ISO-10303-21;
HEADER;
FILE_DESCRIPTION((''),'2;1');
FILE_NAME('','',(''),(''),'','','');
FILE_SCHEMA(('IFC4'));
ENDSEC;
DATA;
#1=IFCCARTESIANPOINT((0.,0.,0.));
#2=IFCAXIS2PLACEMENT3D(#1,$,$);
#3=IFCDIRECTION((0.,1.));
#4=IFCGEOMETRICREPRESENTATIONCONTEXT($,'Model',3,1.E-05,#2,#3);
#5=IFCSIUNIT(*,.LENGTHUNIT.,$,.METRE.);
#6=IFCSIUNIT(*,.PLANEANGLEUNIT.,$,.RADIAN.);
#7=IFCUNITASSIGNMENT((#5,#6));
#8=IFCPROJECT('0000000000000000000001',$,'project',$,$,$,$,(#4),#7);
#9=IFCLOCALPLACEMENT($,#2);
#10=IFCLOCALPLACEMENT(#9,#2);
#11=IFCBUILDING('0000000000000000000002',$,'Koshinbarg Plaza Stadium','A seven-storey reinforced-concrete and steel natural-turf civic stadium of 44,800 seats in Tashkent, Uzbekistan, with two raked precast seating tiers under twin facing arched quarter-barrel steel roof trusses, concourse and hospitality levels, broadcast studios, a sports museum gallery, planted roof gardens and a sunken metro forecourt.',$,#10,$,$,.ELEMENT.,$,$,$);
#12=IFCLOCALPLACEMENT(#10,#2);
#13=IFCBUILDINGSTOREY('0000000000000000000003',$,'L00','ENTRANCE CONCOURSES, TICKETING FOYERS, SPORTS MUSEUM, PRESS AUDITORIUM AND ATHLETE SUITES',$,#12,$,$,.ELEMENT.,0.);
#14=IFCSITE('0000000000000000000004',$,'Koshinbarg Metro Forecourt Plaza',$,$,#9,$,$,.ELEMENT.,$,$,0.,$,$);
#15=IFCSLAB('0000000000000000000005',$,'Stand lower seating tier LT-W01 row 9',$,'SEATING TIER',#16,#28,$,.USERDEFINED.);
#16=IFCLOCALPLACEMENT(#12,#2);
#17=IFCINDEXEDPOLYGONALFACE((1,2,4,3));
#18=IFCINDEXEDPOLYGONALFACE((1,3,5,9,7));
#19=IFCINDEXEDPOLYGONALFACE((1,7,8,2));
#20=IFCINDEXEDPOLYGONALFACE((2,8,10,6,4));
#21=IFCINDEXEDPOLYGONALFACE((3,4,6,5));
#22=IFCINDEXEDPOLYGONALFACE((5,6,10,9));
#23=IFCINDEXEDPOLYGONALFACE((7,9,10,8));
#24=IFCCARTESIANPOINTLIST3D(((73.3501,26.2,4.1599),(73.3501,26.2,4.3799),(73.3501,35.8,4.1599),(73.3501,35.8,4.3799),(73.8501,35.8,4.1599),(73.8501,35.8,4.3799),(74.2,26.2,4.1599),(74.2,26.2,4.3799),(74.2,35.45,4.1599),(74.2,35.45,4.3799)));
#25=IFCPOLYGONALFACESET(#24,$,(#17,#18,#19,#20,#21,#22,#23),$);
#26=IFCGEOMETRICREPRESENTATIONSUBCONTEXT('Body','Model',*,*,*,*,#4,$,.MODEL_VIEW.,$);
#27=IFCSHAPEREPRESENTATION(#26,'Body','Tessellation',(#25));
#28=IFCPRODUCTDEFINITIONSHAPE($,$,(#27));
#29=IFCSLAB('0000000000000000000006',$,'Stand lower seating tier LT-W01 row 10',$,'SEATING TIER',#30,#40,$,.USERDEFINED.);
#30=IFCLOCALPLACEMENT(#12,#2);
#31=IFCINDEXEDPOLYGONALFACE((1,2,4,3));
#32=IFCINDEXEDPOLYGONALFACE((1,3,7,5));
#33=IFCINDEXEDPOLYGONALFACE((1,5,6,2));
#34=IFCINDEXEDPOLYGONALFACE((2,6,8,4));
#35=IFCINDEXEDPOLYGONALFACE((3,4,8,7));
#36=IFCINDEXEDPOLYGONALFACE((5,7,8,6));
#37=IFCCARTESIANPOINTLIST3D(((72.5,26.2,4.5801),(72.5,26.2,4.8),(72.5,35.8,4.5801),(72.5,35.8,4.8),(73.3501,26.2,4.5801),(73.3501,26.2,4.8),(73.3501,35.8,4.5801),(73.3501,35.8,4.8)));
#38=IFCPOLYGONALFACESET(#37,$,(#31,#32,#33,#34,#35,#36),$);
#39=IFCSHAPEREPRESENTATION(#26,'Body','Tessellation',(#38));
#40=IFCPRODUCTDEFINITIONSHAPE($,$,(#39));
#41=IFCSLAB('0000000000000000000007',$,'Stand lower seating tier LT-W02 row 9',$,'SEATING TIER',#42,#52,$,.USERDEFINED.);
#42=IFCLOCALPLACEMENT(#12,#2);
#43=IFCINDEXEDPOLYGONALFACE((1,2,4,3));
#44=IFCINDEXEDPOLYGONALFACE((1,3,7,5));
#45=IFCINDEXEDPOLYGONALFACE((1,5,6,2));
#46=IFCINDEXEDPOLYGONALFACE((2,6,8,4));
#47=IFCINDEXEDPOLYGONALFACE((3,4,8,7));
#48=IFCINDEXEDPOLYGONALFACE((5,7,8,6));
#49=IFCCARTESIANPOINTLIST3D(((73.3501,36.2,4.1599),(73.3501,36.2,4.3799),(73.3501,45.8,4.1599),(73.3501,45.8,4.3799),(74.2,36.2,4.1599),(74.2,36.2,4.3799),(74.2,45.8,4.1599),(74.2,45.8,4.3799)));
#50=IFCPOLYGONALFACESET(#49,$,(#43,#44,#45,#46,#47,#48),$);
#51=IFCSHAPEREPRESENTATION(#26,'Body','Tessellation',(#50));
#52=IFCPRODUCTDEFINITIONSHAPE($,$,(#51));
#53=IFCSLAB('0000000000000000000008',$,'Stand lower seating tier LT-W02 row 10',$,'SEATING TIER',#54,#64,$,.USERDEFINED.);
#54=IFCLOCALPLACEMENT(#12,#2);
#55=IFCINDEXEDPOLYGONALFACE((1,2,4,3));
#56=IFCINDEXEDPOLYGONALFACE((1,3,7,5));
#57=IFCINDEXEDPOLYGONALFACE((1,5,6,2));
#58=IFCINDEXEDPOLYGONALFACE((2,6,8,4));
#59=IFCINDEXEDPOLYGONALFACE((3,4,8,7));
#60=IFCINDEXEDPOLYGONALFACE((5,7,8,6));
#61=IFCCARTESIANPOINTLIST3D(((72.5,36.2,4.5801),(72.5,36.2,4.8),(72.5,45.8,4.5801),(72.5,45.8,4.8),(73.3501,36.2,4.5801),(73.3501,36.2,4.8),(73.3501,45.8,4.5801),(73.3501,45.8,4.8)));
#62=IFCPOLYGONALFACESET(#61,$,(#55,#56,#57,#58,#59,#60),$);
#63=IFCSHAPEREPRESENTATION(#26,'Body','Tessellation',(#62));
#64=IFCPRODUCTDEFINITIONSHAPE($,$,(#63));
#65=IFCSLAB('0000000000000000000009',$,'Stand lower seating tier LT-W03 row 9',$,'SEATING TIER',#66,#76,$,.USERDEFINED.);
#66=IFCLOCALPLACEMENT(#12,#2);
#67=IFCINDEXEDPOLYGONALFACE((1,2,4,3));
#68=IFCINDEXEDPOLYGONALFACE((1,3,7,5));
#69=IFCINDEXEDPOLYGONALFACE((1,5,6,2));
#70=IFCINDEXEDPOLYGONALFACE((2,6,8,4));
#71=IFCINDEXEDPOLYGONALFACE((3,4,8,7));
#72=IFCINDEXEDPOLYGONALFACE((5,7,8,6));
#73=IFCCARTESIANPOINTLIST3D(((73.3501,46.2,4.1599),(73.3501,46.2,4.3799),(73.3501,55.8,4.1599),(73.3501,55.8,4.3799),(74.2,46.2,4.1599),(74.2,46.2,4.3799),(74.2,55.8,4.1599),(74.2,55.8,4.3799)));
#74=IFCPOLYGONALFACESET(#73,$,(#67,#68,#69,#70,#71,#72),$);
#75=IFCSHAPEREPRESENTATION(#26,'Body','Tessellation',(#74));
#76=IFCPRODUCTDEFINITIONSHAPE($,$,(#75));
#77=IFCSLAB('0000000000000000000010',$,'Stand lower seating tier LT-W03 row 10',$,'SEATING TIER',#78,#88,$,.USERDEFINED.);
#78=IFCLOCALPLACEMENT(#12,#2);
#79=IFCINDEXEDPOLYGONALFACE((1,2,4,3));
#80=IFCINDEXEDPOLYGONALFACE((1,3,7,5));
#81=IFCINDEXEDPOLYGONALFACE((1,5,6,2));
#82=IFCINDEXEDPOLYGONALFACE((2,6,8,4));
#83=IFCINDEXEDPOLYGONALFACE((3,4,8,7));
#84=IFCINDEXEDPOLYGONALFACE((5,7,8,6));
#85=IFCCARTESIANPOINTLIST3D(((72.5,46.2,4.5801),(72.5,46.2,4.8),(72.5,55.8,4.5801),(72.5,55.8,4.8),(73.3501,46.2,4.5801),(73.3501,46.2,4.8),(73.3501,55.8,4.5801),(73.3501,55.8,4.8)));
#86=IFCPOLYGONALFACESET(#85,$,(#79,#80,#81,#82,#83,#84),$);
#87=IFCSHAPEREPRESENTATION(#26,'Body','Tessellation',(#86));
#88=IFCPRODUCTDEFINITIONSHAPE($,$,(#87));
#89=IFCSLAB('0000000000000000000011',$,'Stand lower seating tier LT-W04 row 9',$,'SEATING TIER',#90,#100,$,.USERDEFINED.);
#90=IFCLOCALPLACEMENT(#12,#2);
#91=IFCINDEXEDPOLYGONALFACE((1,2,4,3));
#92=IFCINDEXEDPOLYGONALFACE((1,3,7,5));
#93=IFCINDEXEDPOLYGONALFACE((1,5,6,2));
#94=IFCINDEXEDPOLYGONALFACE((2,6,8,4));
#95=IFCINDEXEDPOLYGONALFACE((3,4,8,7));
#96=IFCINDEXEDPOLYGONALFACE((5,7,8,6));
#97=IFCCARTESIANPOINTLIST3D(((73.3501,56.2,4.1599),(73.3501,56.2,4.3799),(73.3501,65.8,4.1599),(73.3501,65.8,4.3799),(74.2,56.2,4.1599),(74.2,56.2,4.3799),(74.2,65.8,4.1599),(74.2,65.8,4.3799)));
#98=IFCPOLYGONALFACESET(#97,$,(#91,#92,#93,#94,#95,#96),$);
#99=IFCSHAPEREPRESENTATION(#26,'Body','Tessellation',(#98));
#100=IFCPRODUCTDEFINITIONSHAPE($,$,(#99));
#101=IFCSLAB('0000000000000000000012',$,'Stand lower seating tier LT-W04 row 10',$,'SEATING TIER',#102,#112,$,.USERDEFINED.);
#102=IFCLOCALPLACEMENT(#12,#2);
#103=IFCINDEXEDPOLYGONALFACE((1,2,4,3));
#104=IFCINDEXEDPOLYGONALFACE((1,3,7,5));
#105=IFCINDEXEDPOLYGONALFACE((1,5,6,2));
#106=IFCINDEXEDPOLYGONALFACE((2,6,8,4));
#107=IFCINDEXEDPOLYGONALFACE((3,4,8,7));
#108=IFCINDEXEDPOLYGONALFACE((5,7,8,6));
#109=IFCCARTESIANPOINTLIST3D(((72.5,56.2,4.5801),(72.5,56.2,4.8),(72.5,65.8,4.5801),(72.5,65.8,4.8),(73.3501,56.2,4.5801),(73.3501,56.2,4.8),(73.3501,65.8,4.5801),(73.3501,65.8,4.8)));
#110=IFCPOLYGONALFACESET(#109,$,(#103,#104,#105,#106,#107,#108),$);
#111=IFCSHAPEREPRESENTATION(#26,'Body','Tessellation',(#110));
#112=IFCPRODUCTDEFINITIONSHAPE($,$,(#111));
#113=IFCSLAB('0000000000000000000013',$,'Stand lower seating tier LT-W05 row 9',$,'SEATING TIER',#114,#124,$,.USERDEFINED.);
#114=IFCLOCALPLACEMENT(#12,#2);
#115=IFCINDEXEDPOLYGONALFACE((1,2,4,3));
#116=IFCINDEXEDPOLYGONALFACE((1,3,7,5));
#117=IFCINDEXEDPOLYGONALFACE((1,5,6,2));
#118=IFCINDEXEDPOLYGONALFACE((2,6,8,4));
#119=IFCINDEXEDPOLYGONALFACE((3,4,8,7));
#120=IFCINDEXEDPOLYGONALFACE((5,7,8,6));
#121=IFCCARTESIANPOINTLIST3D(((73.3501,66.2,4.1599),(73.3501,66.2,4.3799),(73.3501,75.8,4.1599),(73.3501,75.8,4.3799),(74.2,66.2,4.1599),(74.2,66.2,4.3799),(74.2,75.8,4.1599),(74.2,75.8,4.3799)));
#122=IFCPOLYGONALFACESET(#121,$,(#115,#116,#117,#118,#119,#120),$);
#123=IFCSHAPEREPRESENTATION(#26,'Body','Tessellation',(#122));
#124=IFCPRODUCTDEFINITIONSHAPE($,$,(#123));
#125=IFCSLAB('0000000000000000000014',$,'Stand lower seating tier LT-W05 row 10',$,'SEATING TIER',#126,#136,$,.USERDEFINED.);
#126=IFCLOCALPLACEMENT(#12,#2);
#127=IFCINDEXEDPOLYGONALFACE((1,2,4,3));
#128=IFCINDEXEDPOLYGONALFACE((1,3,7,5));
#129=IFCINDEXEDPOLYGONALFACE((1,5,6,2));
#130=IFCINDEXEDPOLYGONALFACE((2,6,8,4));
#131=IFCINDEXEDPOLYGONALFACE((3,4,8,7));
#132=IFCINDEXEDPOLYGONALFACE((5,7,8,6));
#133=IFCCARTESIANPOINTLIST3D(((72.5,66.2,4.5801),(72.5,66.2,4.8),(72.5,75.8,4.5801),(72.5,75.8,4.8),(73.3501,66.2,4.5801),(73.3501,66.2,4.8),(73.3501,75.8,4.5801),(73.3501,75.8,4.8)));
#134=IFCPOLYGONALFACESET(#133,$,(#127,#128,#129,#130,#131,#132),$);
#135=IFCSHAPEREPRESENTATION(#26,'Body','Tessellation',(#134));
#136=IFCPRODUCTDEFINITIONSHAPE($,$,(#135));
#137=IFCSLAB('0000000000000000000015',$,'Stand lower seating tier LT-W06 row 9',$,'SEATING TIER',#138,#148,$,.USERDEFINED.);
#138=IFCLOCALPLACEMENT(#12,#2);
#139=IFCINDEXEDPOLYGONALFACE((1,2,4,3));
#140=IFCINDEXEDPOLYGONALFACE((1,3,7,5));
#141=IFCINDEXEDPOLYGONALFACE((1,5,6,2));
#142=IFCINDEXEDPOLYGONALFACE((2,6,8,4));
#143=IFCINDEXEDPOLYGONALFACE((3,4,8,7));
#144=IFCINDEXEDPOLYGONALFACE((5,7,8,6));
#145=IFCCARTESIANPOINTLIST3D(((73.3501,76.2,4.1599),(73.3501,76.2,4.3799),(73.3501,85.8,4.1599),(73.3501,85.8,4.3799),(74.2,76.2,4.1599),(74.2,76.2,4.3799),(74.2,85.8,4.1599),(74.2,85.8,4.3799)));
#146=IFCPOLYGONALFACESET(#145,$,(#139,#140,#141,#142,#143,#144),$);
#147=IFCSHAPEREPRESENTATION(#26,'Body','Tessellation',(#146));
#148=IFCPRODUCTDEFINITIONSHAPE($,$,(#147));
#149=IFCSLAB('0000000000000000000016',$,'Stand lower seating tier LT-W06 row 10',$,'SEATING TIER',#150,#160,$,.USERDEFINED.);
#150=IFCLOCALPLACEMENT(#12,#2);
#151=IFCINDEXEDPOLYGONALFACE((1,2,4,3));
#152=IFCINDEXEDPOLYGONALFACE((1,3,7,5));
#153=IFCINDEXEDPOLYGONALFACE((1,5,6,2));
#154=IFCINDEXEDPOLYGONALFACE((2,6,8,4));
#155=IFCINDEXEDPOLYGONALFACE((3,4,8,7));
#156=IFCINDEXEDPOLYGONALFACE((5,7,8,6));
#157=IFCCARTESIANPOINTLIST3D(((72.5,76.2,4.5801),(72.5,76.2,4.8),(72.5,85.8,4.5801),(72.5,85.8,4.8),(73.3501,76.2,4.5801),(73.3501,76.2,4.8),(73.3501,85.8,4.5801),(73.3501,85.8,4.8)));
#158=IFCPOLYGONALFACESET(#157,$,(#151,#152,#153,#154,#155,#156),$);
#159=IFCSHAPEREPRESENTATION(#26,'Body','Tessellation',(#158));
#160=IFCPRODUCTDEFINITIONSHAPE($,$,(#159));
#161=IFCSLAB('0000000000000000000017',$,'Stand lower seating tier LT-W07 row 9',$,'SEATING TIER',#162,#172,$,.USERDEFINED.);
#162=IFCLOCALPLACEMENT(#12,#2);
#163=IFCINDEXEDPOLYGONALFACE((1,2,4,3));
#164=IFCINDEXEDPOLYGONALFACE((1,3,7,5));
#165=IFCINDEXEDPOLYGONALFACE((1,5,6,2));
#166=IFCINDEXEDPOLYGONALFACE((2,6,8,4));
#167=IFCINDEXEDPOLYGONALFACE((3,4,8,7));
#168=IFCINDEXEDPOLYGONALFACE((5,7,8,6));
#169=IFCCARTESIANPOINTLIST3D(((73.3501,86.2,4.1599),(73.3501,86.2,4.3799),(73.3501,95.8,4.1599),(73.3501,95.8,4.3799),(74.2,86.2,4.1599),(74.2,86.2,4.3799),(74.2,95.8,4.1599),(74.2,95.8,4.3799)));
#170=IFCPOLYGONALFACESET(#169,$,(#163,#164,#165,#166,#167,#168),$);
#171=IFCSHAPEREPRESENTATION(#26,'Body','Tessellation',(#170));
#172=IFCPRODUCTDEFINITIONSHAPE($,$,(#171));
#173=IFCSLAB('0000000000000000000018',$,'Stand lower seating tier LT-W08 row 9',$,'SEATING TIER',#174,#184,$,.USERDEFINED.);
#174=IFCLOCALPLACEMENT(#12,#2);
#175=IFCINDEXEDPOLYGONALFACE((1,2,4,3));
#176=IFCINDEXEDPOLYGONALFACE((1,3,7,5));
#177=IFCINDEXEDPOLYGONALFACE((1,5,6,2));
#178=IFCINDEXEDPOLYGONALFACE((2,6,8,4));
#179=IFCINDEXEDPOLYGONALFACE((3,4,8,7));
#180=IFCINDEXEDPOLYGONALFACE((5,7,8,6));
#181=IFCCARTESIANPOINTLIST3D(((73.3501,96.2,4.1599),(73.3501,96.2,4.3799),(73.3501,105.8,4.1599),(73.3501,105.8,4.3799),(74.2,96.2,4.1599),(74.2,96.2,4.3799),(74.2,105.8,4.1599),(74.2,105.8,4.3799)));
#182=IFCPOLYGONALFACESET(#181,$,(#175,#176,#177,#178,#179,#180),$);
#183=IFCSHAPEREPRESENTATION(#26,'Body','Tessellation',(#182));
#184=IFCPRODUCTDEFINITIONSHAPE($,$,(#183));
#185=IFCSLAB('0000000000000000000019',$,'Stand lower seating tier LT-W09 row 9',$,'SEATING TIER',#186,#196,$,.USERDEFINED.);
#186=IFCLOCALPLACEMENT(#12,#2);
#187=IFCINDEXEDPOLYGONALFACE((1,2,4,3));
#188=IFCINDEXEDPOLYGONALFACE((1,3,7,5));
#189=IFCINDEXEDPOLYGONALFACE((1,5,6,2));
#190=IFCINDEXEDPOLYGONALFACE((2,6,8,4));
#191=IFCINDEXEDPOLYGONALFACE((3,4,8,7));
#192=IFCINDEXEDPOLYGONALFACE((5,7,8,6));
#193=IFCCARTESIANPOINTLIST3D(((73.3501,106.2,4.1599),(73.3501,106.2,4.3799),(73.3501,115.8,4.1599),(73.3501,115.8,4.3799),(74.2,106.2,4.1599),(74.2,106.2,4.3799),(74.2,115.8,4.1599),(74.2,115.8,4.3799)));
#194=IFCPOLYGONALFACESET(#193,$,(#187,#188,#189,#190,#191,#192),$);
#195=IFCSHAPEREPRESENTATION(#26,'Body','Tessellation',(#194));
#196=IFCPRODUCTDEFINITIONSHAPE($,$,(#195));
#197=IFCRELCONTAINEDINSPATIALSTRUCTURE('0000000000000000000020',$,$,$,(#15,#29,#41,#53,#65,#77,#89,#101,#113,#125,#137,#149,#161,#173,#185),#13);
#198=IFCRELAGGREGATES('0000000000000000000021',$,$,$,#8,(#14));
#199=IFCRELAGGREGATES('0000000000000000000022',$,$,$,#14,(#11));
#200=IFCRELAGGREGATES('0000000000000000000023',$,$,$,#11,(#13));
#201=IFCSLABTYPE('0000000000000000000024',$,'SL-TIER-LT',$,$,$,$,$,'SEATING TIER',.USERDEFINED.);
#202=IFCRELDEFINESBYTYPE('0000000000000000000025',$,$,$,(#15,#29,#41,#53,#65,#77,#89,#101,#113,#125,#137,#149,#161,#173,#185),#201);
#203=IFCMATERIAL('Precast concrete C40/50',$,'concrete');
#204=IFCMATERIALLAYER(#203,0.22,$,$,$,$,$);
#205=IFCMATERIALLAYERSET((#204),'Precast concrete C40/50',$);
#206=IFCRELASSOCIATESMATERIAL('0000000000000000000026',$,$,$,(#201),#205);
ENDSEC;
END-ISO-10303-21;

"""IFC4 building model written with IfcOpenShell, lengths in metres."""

from ifc_helpers import new_model, si_unit, direction, frame, origin, place, context, subcontext, project, spatial, polyline, outline, extrude, material, layer, layer_set, type_object, element, save


model = new_model("IFC4")

# Units and contexts
model_context = context("Model", 3, precision=1e-05, world=origin(), true_north=direction((0.0, 1.0)))
body_context = subcontext(model_context, "Body", "Model", "MODEL_VIEW")
ifc_project = project(units=[si_unit("LENGTHUNIT", "METRE"), si_unit("PLANEANGLEUNIT", "RADIAN")], contexts=[model_context])

# Site, building, storey
site_placement = place(None, origin())
site = spatial("IfcSite", under=ifc_project, at=site_placement, Name="Koshinbarg Metro Forecourt Plaza", CompositionType="ELEMENT", RefElevation=0.0)
building_placement = place(site_placement, origin())
building = spatial("IfcBuilding", under=site, at=building_placement, Name="Koshinbarg Plaza Stadium", Description="A seven-storey reinforced-concrete and steel natural-turf civic stadium of 44,800 seats in Tashkent, Uzbekistan, with two raked precast seating tiers under twin facing arched quarter-barrel steel roof trusses, concourse and hospitality levels, broadcast studios, a sports museum gallery, planted roof gardens and a sunken metro forecourt.", CompositionType="ELEMENT")
storey_placement = place(building_placement, origin())
storey = spatial("IfcBuildingStorey", under=building, at=storey_placement, Name="L00", Description="ENTRANCE CONCOURSES, TICKETING FOYERS, SPORTS MUSEUM, PRESS AUDITORIUM AND ATHLETE SUITES", CompositionType="ELEMENT", Elevation=0.0)

# Slabs
ifc_material = material(Name="Precast concrete C40/50", Category="concrete")
ifc_layer = layer(ifc_material, 0.22)
ifc_layer_set = layer_set([ifc_layer], Name="Precast concrete C40/50")
slab_type = type_object("IfcSlabType", Name="SL-TIER-LT", ElementType="SEATING TIER", PredefinedType="USERDEFINED", material=ifc_layer_set)
slab_1_placement = place(storey_placement, frame((0.0, 0.0, 4.1599)))
element("IfcSlab", 1, at=slab_1_placement, inside=storey, type_object=slab_type, Name="Stand lower seating tier LT-W01 row 9", ObjectType="SEATING TIER", PredefinedType="USERDEFINED", context=body_context, shape_type="SweptSolid", body=[
    extrude(outline(polyline([(73.3501, 26.2), (74.2, 26.2), (74.2, 35.45), (73.8501, 35.8), (73.3501, 35.8), (73.3501, 26.2)])), origin(), (0.0, 0.0, 1.0), 0.22),
])
slab_2_placement = place(storey_placement, frame((0.0, 0.0, 4.5801)))
element("IfcSlab", 2, at=slab_2_placement, inside=storey, type_object=slab_type, Name="Stand lower seating tier LT-W01 row 10", ObjectType="SEATING TIER", PredefinedType="USERDEFINED", context=body_context, shape_type="SweptSolid", body=[
    extrude(outline(polyline([(72.5, 26.2), (73.3501, 26.2), (73.3501, 35.8), (72.5, 35.8), (72.5, 26.2)])), origin(), (0.0, 0.0, 1.0), 0.22),
])
slab_3_placement = place(storey_placement, frame((0.0, 0.0, 4.1599)))
element("IfcSlab", 3, at=slab_3_placement, inside=storey, type_object=slab_type, Name="Stand lower seating tier LT-W02 row 9", ObjectType="SEATING TIER", PredefinedType="USERDEFINED", context=body_context, shape_type="SweptSolid", body=[
    extrude(outline(polyline([(73.3501, 36.2), (74.2, 36.2), (74.2, 45.8), (73.3501, 45.8), (73.3501, 36.2)])), origin(), (0.0, 0.0, 1.0), 0.22),
])
slab_4_placement = place(storey_placement, frame((0.0, 0.0, 4.5801)))
element("IfcSlab", 4, at=slab_4_placement, inside=storey, type_object=slab_type, Name="Stand lower seating tier LT-W02 row 10", ObjectType="SEATING TIER", PredefinedType="USERDEFINED", context=body_context, shape_type="SweptSolid", body=[
    extrude(outline(polyline([(72.5, 36.2), (73.3501, 36.2), (73.3501, 45.8), (72.5, 45.8), (72.5, 36.2)])), origin(), (0.0, 0.0, 1.0), 0.22),
])
slab_5_placement = place(storey_placement, frame((0.0, 0.0, 4.1599)))
element("IfcSlab", 5, at=slab_5_placement, inside=storey, type_object=slab_type, Name="Stand lower seating tier LT-W03 row 9", ObjectType="SEATING TIER", PredefinedType="USERDEFINED", context=body_context, shape_type="SweptSolid", body=[
    extrude(outline(polyline([(73.3501, 46.2), (74.2, 46.2), (74.2, 55.8), (73.3501, 55.8), (73.3501, 46.2)])), origin(), (0.0, 0.0, 1.0), 0.22),
])
slab_6_placement = place(storey_placement, frame((0.0, 0.0, 4.5801)))
element("IfcSlab", 6, at=slab_6_placement, inside=storey, type_object=slab_type, Name="Stand lower seating tier LT-W03 row 10", ObjectType="SEATING TIER", PredefinedType="USERDEFINED", context=body_context, shape_type="SweptSolid", body=[
    extrude(outline(polyline([(72.5, 46.2), (73.3501, 46.2), (73.3501, 55.8), (72.5, 55.8), (72.5, 46.2)])), origin(), (0.0, 0.0, 1.0), 0.22),
])
slab_7_placement = place(storey_placement, frame((0.0, 0.0, 4.1599)))
element("IfcSlab", 7, at=slab_7_placement, inside=storey, type_object=slab_type, Name="Stand lower seating tier LT-W04 row 9", ObjectType="SEATING TIER", PredefinedType="USERDEFINED", context=body_context, shape_type="SweptSolid", body=[
    extrude(outline(polyline([(73.3501, 56.2), (74.2, 56.2), (74.2, 65.8), (73.3501, 65.8), (73.3501, 56.2)])), origin(), (0.0, 0.0, 1.0), 0.22),
])
slab_8_placement = place(storey_placement, frame((0.0, 0.0, 4.5801)))
element("IfcSlab", 8, at=slab_8_placement, inside=storey, type_object=slab_type, Name="Stand lower seating tier LT-W04 row 10", ObjectType="SEATING TIER", PredefinedType="USERDEFINED", context=body_context, shape_type="SweptSolid", body=[
    extrude(outline(polyline([(72.5, 56.2), (73.3501, 56.2), (73.3501, 65.8), (72.5, 65.8), (72.5, 56.2)])), origin(), (0.0, 0.0, 1.0), 0.22),
])
slab_9_placement = place(storey_placement, frame((0.0, 0.0, 4.1599)))
element("IfcSlab", 9, at=slab_9_placement, inside=storey, type_object=slab_type, Name="Stand lower seating tier LT-W05 row 9", ObjectType="SEATING TIER", PredefinedType="USERDEFINED", context=body_context, shape_type="SweptSolid", body=[
    extrude(outline(polyline([(73.3501, 66.2), (74.2, 66.2), (74.2, 75.8), (73.3501, 75.8), (73.3501, 66.2)])), origin(), (0.0, 0.0, 1.0), 0.22),
])
slab_10_placement = place(storey_placement, frame((0.0, 0.0, 4.5801)))
element("IfcSlab", 10, at=slab_10_placement, inside=storey, type_object=slab_type, Name="Stand lower seating tier LT-W05 row 10", ObjectType="SEATING TIER", PredefinedType="USERDEFINED", context=body_context, shape_type="SweptSolid", body=[
    extrude(outline(polyline([(72.5, 66.2), (73.3501, 66.2), (73.3501, 75.8), (72.5, 75.8), (72.5, 66.2)])), origin(), (0.0, 0.0, 1.0), 0.22),
])
slab_11_placement = place(storey_placement, frame((0.0, 0.0, 4.1599)))
element("IfcSlab", 11, at=slab_11_placement, inside=storey, type_object=slab_type, Name="Stand lower seating tier LT-W06 row 9", ObjectType="SEATING TIER", PredefinedType="USERDEFINED", context=body_context, shape_type="SweptSolid", body=[
    extrude(outline(polyline([(73.3501, 76.2), (74.2, 76.2), (74.2, 85.8), (73.3501, 85.8), (73.3501, 76.2)])), origin(), (0.0, 0.0, 1.0), 0.22),
])
slab_12_placement = place(storey_placement, frame((0.0, 0.0, 4.5801)))
element("IfcSlab", 12, at=slab_12_placement, inside=storey, type_object=slab_type, Name="Stand lower seating tier LT-W06 row 10", ObjectType="SEATING TIER", PredefinedType="USERDEFINED", context=body_context, shape_type="SweptSolid", body=[
    extrude(outline(polyline([(72.5, 76.2), (73.3501, 76.2), (73.3501, 85.8), (72.5, 85.8), (72.5, 76.2)])), origin(), (0.0, 0.0, 1.0), 0.22),
])
slab_13_placement = place(storey_placement, frame((0.0, 0.0, 4.1599)))
element("IfcSlab", 13, at=slab_13_placement, inside=storey, type_object=slab_type, Name="Stand lower seating tier LT-W07 row 9", ObjectType="SEATING TIER", PredefinedType="USERDEFINED", context=body_context, shape_type="SweptSolid", body=[
    extrude(outline(polyline([(73.3501, 86.2), (74.2, 86.2), (74.2, 95.8), (73.3501, 95.8), (73.3501, 86.2)])), origin(), (0.0, 0.0, 1.0), 0.22),
])
slab_14_placement = place(storey_placement, frame((0.0, 0.0, 4.1599)))
element("IfcSlab", 14, at=slab_14_placement, inside=storey, type_object=slab_type, Name="Stand lower seating tier LT-W08 row 9", ObjectType="SEATING TIER", PredefinedType="USERDEFINED", context=body_context, shape_type="SweptSolid", body=[
    extrude(outline(polyline([(73.3501, 96.2), (74.2, 96.2), (74.2, 105.8), (73.3501, 105.8), (73.3501, 96.2)])), origin(), (0.0, 0.0, 1.0), 0.22),
])
slab_15_placement = place(storey_placement, frame((0.0, 0.0, 4.1599)))
element("IfcSlab", 15, at=slab_15_placement, inside=storey, type_object=slab_type, Name="Stand lower seating tier LT-W09 row 9", ObjectType="SEATING TIER", PredefinedType="USERDEFINED", context=body_context, shape_type="SweptSolid", body=[
    extrude(outline(polyline([(73.3501, 106.2), (74.2, 106.2), (74.2, 115.8), (73.3501, 115.8), (73.3501, 106.2)])), origin(), (0.0, 0.0, 1.0), 0.22),
])

save(model, "model.ifc")
